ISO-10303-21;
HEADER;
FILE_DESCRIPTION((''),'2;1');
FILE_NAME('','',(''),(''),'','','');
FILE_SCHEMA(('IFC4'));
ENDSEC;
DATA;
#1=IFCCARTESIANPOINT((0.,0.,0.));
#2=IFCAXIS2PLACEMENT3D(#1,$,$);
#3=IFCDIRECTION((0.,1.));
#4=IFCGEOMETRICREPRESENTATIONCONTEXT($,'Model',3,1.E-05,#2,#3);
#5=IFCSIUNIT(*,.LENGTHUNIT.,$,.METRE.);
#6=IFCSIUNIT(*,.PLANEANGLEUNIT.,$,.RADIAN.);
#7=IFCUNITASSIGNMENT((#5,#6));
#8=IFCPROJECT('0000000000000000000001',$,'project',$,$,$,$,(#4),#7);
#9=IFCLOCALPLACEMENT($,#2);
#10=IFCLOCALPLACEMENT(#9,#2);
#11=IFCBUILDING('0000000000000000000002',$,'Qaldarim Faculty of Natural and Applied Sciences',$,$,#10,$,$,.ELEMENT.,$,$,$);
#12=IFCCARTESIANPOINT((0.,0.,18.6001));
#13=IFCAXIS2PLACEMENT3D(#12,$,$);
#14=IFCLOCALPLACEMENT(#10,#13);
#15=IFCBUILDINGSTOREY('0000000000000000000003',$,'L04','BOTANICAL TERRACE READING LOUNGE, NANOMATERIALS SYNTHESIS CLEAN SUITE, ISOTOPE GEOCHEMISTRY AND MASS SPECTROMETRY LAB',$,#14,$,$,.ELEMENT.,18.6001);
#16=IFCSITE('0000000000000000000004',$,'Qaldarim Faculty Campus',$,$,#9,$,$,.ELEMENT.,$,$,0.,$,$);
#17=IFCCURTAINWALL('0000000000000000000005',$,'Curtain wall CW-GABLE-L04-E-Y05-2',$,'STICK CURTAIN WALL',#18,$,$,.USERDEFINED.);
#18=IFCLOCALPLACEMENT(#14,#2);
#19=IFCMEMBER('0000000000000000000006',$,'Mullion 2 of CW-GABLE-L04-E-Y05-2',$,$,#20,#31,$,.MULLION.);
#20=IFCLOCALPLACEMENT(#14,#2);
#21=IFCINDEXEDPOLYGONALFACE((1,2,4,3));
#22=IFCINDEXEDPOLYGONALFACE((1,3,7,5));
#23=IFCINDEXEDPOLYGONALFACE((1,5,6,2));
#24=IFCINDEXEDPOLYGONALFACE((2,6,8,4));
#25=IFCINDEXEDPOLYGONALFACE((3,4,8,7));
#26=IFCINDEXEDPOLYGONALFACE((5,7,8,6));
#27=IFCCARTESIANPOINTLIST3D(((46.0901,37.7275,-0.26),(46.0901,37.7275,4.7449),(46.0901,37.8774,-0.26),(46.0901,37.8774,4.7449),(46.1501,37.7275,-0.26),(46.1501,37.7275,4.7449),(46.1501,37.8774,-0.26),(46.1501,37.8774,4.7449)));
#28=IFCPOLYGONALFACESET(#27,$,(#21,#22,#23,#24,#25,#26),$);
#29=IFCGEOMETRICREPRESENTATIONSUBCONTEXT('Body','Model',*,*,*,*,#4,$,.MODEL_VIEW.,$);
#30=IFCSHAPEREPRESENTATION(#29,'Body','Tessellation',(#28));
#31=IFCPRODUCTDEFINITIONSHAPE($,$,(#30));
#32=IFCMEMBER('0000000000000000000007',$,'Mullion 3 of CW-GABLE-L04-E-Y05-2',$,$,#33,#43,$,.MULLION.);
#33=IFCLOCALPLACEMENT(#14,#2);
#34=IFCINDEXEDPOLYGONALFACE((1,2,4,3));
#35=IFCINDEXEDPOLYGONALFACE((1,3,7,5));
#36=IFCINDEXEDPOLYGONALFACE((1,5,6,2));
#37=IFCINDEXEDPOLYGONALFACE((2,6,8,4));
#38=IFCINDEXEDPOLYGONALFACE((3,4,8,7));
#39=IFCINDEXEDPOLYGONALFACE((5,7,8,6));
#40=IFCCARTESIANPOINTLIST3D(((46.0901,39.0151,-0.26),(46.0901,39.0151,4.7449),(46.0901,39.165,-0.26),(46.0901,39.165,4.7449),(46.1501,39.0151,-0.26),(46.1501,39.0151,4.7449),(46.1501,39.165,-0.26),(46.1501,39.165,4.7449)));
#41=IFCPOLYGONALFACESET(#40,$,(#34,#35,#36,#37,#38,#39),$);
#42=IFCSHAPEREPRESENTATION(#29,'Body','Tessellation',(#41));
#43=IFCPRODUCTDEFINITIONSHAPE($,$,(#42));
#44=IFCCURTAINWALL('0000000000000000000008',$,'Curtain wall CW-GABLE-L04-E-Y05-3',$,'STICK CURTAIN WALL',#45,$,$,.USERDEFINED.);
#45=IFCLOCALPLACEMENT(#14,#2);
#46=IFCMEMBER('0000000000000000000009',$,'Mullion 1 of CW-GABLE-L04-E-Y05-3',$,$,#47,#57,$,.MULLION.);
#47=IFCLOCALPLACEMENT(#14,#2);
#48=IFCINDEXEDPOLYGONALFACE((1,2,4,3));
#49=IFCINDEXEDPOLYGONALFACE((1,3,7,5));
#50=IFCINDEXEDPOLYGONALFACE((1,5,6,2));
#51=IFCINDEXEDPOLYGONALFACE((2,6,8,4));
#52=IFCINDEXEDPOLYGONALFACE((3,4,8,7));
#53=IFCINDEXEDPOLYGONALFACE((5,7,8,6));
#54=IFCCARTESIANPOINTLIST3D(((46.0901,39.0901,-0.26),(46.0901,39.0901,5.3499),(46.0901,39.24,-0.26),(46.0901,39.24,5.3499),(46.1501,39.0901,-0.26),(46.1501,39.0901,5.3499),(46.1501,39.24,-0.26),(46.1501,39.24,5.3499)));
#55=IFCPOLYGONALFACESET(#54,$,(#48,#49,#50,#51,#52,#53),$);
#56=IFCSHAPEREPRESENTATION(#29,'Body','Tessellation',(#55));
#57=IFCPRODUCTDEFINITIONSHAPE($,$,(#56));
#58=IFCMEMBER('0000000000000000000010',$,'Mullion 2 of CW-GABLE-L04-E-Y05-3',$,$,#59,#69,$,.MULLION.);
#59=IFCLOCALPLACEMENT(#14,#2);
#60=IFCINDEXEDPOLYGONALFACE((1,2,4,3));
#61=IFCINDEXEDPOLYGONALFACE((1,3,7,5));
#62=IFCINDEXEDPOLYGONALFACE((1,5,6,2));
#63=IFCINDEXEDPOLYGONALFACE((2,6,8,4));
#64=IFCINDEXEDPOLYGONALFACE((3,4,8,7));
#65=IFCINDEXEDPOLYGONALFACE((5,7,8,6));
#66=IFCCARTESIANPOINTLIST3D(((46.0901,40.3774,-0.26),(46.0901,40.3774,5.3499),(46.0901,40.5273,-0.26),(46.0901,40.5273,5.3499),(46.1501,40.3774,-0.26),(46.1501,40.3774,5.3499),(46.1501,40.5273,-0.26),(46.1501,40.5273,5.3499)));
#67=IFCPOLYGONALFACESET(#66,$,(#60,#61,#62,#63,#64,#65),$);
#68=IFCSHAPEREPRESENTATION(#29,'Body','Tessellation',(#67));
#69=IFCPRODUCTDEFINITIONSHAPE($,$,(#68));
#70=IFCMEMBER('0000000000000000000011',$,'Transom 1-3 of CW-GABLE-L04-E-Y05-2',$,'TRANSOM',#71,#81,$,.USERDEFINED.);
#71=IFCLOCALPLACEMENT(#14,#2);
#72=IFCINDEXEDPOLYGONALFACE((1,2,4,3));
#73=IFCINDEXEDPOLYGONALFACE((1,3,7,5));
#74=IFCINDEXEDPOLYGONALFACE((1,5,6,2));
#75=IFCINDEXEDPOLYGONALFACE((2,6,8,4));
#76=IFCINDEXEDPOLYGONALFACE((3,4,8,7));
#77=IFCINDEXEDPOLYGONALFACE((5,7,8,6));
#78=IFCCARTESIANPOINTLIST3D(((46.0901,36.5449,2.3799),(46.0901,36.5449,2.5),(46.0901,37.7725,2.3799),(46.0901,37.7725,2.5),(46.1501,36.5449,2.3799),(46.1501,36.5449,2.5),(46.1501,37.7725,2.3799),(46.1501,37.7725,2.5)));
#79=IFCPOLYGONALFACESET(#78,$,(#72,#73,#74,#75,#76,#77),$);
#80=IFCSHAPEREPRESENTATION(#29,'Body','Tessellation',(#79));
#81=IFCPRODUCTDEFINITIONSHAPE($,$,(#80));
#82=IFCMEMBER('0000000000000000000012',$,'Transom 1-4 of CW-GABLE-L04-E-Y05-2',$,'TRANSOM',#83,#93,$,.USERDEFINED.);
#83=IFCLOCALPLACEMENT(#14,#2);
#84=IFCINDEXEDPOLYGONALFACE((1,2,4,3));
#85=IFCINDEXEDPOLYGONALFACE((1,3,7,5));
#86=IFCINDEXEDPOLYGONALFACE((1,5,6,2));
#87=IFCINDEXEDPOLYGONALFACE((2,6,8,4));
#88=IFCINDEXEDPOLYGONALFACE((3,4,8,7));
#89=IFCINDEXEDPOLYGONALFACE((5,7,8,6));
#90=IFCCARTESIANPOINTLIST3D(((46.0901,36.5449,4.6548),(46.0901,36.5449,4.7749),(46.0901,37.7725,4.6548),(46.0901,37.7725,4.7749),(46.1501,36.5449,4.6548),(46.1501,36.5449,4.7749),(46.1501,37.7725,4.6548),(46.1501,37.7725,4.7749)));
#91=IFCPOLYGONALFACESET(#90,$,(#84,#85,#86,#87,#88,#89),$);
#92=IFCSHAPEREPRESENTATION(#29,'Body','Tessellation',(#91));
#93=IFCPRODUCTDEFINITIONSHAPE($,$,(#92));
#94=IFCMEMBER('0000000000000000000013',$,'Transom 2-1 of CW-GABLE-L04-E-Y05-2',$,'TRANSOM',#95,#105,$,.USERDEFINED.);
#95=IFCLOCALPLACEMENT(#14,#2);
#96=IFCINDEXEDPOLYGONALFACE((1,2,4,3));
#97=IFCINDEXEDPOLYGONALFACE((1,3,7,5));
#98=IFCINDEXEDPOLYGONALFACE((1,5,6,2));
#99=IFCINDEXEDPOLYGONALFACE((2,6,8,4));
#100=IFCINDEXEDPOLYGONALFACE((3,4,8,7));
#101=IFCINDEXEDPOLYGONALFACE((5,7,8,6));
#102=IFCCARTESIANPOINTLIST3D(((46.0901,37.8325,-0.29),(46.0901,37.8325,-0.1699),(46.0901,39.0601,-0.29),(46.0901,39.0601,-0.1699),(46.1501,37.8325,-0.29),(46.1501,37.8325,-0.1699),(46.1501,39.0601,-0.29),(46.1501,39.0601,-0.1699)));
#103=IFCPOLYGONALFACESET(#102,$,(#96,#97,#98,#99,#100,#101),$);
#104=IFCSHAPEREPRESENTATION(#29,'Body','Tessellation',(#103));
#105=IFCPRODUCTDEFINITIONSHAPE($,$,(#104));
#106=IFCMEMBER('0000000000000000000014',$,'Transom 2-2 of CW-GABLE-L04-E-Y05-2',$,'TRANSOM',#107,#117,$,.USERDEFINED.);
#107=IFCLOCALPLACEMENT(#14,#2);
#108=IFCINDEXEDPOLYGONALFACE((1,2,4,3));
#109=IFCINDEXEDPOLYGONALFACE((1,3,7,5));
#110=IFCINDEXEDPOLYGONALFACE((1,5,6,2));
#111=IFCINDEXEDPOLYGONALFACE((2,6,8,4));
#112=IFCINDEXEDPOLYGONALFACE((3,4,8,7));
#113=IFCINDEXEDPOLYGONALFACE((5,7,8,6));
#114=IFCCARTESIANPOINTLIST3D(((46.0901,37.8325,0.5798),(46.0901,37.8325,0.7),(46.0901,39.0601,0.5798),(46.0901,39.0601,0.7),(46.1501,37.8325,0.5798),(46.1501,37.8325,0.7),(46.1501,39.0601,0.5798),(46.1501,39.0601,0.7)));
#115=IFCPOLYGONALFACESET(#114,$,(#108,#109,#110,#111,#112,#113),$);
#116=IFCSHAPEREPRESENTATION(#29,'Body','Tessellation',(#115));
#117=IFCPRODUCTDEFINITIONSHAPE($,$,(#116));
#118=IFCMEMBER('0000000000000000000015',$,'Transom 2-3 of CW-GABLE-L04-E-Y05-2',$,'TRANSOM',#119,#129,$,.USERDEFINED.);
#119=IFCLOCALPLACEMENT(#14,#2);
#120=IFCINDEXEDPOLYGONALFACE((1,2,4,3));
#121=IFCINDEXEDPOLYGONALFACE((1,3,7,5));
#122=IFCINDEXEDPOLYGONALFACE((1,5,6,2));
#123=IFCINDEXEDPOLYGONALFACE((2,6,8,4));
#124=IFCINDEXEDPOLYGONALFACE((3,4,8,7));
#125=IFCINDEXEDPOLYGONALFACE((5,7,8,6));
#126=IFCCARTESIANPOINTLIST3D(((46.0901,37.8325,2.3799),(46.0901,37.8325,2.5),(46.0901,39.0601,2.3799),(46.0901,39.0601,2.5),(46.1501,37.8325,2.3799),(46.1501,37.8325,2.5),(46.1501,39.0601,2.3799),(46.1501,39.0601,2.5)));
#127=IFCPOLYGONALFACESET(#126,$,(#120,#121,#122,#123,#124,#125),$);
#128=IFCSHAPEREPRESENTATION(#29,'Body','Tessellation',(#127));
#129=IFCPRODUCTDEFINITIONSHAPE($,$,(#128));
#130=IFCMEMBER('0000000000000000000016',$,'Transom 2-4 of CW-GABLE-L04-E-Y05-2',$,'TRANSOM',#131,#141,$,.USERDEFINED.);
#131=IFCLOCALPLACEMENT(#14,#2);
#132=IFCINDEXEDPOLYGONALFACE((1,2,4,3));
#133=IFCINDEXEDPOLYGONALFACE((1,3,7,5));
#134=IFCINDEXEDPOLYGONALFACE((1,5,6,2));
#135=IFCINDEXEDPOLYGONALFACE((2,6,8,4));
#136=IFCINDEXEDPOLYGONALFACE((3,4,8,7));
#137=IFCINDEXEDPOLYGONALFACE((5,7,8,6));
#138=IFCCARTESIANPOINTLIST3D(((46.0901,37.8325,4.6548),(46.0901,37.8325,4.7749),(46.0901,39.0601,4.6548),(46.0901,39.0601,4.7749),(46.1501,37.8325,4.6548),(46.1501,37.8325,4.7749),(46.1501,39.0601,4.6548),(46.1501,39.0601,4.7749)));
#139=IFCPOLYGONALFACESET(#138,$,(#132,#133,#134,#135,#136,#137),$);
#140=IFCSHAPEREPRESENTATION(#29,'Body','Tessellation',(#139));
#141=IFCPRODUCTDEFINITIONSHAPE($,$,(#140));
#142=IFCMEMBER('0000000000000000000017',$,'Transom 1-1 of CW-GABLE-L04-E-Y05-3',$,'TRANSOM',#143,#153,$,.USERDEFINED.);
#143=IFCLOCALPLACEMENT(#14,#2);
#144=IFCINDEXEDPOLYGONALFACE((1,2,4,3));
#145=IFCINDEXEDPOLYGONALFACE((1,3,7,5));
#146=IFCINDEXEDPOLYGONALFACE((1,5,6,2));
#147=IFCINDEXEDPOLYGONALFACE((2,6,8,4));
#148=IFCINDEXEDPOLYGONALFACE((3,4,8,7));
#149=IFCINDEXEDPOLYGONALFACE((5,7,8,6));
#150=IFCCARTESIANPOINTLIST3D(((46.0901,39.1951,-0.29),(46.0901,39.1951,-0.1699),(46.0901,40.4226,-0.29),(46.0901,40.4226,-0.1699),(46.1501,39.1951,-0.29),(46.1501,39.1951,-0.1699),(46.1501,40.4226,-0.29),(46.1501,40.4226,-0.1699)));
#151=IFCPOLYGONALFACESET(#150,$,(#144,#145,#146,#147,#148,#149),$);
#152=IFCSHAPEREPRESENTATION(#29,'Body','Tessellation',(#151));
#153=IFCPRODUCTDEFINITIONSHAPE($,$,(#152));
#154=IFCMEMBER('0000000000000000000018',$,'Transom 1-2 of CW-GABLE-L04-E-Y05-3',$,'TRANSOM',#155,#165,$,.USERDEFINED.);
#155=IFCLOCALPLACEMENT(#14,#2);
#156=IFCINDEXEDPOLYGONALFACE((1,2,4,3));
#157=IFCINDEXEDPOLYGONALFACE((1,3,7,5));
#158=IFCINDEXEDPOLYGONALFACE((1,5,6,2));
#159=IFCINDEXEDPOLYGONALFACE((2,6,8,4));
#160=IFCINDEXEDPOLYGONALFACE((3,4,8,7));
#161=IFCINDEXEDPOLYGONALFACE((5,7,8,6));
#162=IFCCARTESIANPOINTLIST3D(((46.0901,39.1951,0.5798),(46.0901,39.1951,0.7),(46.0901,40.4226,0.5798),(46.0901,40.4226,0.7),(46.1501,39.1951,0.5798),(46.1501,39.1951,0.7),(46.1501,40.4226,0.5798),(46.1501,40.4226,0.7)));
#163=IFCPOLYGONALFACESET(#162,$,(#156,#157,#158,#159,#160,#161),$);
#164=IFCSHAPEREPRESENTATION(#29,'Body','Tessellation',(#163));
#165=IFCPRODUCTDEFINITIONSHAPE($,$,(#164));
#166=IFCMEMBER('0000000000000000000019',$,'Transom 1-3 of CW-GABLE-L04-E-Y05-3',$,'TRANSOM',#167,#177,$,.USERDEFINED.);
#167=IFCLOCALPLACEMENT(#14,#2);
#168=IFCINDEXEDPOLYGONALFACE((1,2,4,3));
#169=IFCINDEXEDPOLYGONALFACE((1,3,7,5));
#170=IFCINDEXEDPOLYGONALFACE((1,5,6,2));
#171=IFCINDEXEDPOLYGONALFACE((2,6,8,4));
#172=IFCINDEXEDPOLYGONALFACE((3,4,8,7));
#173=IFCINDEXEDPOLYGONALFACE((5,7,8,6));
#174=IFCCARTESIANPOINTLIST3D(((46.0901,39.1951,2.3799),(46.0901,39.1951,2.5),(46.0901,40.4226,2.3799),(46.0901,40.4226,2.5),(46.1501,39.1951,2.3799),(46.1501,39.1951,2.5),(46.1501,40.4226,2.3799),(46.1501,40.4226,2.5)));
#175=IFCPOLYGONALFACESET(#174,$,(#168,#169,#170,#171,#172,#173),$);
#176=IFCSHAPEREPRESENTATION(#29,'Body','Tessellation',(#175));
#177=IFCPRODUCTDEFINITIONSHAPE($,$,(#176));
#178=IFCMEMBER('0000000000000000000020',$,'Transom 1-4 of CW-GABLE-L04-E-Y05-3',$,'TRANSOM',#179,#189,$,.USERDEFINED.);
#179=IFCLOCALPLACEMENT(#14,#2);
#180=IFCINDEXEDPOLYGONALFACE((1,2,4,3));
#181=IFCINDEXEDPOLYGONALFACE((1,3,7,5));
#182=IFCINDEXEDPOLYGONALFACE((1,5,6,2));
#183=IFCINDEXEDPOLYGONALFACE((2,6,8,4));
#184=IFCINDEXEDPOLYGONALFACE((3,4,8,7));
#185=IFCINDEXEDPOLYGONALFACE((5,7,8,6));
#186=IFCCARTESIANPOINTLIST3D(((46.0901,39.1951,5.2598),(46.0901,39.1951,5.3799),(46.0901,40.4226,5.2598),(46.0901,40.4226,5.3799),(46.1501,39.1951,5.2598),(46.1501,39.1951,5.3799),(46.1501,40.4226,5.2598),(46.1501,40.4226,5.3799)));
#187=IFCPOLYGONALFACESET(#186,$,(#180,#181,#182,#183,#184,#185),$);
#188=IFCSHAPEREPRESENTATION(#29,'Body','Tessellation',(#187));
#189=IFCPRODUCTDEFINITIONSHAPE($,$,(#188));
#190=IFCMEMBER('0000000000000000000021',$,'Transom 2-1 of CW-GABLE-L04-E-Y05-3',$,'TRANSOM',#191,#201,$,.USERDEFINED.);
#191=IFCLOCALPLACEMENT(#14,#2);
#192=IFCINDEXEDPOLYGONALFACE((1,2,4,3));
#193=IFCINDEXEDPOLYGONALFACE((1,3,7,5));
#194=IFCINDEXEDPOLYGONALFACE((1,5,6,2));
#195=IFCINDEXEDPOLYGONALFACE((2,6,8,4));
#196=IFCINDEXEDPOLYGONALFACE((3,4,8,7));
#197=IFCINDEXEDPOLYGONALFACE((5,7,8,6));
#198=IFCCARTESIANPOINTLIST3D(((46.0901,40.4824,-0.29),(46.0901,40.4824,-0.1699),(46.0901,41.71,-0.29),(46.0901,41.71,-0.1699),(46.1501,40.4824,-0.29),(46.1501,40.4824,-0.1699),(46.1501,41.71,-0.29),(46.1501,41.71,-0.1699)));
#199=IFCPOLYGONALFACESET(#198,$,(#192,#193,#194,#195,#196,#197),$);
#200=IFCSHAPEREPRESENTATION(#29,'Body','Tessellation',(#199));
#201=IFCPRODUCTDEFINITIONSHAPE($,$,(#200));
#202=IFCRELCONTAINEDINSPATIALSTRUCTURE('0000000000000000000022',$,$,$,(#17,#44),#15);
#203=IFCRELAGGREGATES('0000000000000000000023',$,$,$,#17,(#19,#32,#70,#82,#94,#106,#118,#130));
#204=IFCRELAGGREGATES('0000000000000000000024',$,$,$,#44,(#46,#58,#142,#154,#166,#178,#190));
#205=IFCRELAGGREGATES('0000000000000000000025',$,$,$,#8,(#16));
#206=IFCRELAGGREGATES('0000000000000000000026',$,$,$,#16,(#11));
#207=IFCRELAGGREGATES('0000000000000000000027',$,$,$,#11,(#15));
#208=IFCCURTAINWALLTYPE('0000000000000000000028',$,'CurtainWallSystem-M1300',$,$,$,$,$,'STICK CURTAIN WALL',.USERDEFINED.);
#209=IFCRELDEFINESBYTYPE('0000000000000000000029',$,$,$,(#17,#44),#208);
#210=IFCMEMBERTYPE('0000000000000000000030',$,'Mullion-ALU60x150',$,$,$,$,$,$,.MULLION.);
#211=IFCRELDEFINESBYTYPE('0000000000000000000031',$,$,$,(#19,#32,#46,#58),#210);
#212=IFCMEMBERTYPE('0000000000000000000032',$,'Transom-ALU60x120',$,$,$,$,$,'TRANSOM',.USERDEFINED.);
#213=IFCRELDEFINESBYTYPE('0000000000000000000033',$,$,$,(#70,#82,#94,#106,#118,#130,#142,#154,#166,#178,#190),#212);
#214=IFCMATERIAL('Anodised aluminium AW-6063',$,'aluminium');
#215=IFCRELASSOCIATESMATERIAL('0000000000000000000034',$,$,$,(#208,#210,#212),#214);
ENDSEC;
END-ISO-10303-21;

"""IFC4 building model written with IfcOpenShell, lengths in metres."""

from ifc_helpers import new_model, si_unit, direction, frame, origin, origin_2d, place, context, subcontext, project, spatial, rectangle, extrude, material, material_profile, profile_set, type_object, element, aggregate, save


model = new_model("IFC4")

# Units and contexts
model_context = context("Model", 3, precision=1e-05, world=origin(), true_north=direction((0.0, 1.0)))
body_context = subcontext(model_context, "Body", "Model", "MODEL_VIEW")
ifc_project = project(units=[si_unit("LENGTHUNIT", "METRE"), si_unit("PLANEANGLEUNIT", "RADIAN")], contexts=[model_context])

# Site, building, storey
site_placement = place(None, origin())
site = spatial("IfcSite", under=ifc_project, at=site_placement, Name="Qaldarim Faculty Campus", CompositionType="ELEMENT", RefElevation=0.0)
building_placement = place(site_placement, origin())
building = spatial("IfcBuilding", under=site, at=building_placement, Name="Qaldarim Faculty of Natural and Applied Sciences", CompositionType="ELEMENT")
storey_placement = place(building_placement, frame((0.0, 0.0, 18.6001)))
storey = spatial("IfcBuildingStorey", under=building, at=storey_placement, Name="L04", Description="BOTANICAL TERRACE READING LOUNGE, NANOMATERIALS SYNTHESIS CLEAN SUITE, ISOTOPE GEOCHEMISTRY AND MASS SPECTROMETRY LAB", CompositionType="ELEMENT", Elevation=18.6001)

# Curtain walls, members
ifc_material_1 = material(Name="Anodised aluminium AW-6063", Category="aluminium")
curtain_wall_type = type_object("IfcCurtainWallType", Name="CurtainWallSystem-M1300", ElementType="STICK CURTAIN WALL", PredefinedType="USERDEFINED", material=ifc_material_1)
curtain_wall_1_placement = place(storey_placement, origin())
curtain_wall_1 = element("IfcCurtainWall", 1, at=curtain_wall_1_placement, inside=storey, type_object=curtain_wall_type, Name="Curtain wall CW-GABLE-L04-E-Y05-2", ObjectType="STICK CURTAIN WALL", PredefinedType="USERDEFINED")
ifc_material_profile_1 = material_profile(ifc_material_1, rectangle(XDim=0.0601, YDim=0.1499, at=origin_2d()), Name="ALU-M60x150")
ifc_profile_set_1 = profile_set([ifc_material_profile_1], Name="Anodised aluminium AW-6063")
member_type_1 = type_object("IfcMemberType", Name="Mullion-ALU60x150", PredefinedType="MULLION", material=ifc_profile_set_1)
member_1_placement = place(storey_placement, frame((46.1201, 37.8025, -0.26), z_axis=(0.0, 0.0, 1.0), x_axis=(-1.0, 0.0, 0.0)))
member_1 = element("IfcMember", 2, at=member_1_placement, type_object=member_type_1, Name="Mullion 2 of CW-GABLE-L04-E-Y05-2", PredefinedType="MULLION", context=body_context, shape_type="SweptSolid", body=[
    extrude(rectangle(XDim=0.0601, YDim=0.1499, at=origin_2d()), origin(), (0.0, 0.0, 1.0), 5.0049),
])
member_2_placement = place(storey_placement, frame((46.1201, 39.0901, -0.26), z_axis=(0.0, 0.0, 1.0), x_axis=(-1.0, 0.0, 0.0)))
member_2 = element("IfcMember", 3, at=member_2_placement, type_object=member_type_1, Name="Mullion 3 of CW-GABLE-L04-E-Y05-2", PredefinedType="MULLION", context=body_context, shape_type="SweptSolid", body=[
    extrude(rectangle(XDim=0.0601, YDim=0.1499, at=origin_2d()), origin(), (0.0, 0.0, 1.0), 5.0049),
])
curtain_wall_2_placement = place(storey_placement, origin())
curtain_wall_2 = element("IfcCurtainWall", 4, at=curtain_wall_2_placement, inside=storey, type_object=curtain_wall_type, Name="Curtain wall CW-GABLE-L04-E-Y05-3", ObjectType="STICK CURTAIN WALL", PredefinedType="USERDEFINED")
member_3_placement = place(storey_placement, frame((46.1201, 39.165, -0.26), z_axis=(0.0, 0.0, 1.0), x_axis=(-1.0, 0.0, 0.0)))
member_3 = element("IfcMember", 5, at=member_3_placement, type_object=member_type_1, Name="Mullion 1 of CW-GABLE-L04-E-Y05-3", PredefinedType="MULLION", context=body_context, shape_type="SweptSolid", body=[
    extrude(rectangle(XDim=0.0601, YDim=0.1499, at=origin_2d()), origin(), (0.0, 0.0, 1.0), 5.6099),
])
member_4_placement = place(storey_placement, frame((46.1201, 40.4524, -0.26), z_axis=(0.0, 0.0, 1.0), x_axis=(-1.0, 0.0, 0.0)))
member_4 = element("IfcMember", 6, at=member_4_placement, type_object=member_type_1, Name="Mullion 2 of CW-GABLE-L04-E-Y05-3", PredefinedType="MULLION", context=body_context, shape_type="SweptSolid", body=[
    extrude(rectangle(XDim=0.0601, YDim=0.1499, at=origin_2d()), origin(), (0.0, 0.0, 1.0), 5.6099),
])

# Members
ifc_material_profile_2 = material_profile(ifc_material_1, rectangle(XDim=0.0601, YDim=0.1201, at=origin_2d()), Name="ALU-T60x120")
ifc_profile_set_2 = profile_set([ifc_material_profile_2], Name="Anodised aluminium AW-6063")
member_type_2 = type_object("IfcMemberType", Name="Transom-ALU60x120", ElementType="TRANSOM", PredefinedType="USERDEFINED", material=ifc_profile_set_2)
member_5_placement = place(storey_placement, frame((46.1201, 36.5449, 2.4399), z_axis=(0.0, 1.0, 0.0), x_axis=(-1.0, 0.0, 0.0)))
member_5 = element("IfcMember", 7, at=member_5_placement, type_object=member_type_2, Name="Transom 1-3 of CW-GABLE-L04-E-Y05-2", ObjectType="TRANSOM", PredefinedType="USERDEFINED", context=body_context, shape_type="SweptSolid", body=[
    extrude(rectangle(XDim=0.0601, YDim=0.1201, at=origin_2d()), origin(), (0.0, 0.0, 1.0), 1.2275),
])
member_6_placement = place(storey_placement, frame((46.1201, 36.5449, 4.7148), z_axis=(0.0, 1.0, 0.0), x_axis=(-1.0, 0.0, 0.0)))
member_6 = element("IfcMember", 8, at=member_6_placement, type_object=member_type_2, Name="Transom 1-4 of CW-GABLE-L04-E-Y05-2", ObjectType="TRANSOM", PredefinedType="USERDEFINED", context=body_context, shape_type="SweptSolid", body=[
    extrude(rectangle(XDim=0.0601, YDim=0.1201, at=origin_2d()), origin(), (0.0, 0.0, 1.0), 1.2275),
])
member_7_placement = place(storey_placement, frame((46.1201, 37.8325, -0.23), z_axis=(0.0, 1.0, 0.0), x_axis=(-1.0, 0.0, 0.0)))
member_7 = element("IfcMember", 9, at=member_7_placement, type_object=member_type_2, Name="Transom 2-1 of CW-GABLE-L04-E-Y05-2", ObjectType="TRANSOM", PredefinedType="USERDEFINED", context=body_context, shape_type="SweptSolid", body=[
    extrude(rectangle(XDim=0.0601, YDim=0.1201, at=origin_2d()), origin(), (0.0, 0.0, 1.0), 1.2275),
])
member_8_placement = place(storey_placement, frame((46.1201, 37.8325, 0.6399), z_axis=(0.0, 1.0, 0.0), x_axis=(-1.0, 0.0, 0.0)))
member_8 = element("IfcMember", 10, at=member_8_placement, type_object=member_type_2, Name="Transom 2-2 of CW-GABLE-L04-E-Y05-2", ObjectType="TRANSOM", PredefinedType="USERDEFINED", context=body_context, shape_type="SweptSolid", body=[
    extrude(rectangle(XDim=0.0601, YDim=0.1201, at=origin_2d()), origin(), (0.0, 0.0, 1.0), 1.2275),
])
member_9_placement = place(storey_placement, frame((46.1201, 37.8325, 2.4399), z_axis=(0.0, 1.0, 0.0), x_axis=(-1.0, 0.0, 0.0)))
member_9 = element("IfcMember", 11, at=member_9_placement, type_object=member_type_2, Name="Transom 2-3 of CW-GABLE-L04-E-Y05-2", ObjectType="TRANSOM", PredefinedType="USERDEFINED", context=body_context, shape_type="SweptSolid", body=[
    extrude(rectangle(XDim=0.0601, YDim=0.1201, at=origin_2d()), origin(), (0.0, 0.0, 1.0), 1.2275),
])
member_10_placement = place(storey_placement, frame((46.1201, 37.8325, 4.7148), z_axis=(0.0, 1.0, 0.0), x_axis=(-1.0, 0.0, 0.0)))
member_10 = element("IfcMember", 12, at=member_10_placement, type_object=member_type_2, Name="Transom 2-4 of CW-GABLE-L04-E-Y05-2", ObjectType="TRANSOM", PredefinedType="USERDEFINED", context=body_context, shape_type="SweptSolid", body=[
    extrude(rectangle(XDim=0.0601, YDim=0.1201, at=origin_2d()), origin(), (0.0, 0.0, 1.0), 1.2275),
])
member_11_placement = place(storey_placement, frame((46.1201, 39.1951, -0.23), z_axis=(0.0, 1.0, 0.0), x_axis=(-1.0, 0.0, 0.0)))
member_11 = element("IfcMember", 13, at=member_11_placement, type_object=member_type_2, Name="Transom 1-1 of CW-GABLE-L04-E-Y05-3", ObjectType="TRANSOM", PredefinedType="USERDEFINED", context=body_context, shape_type="SweptSolid", body=[
    extrude(rectangle(XDim=0.0601, YDim=0.1201, at=origin_2d()), origin(), (0.0, 0.0, 1.0), 1.2275),
])
member_12_placement = place(storey_placement, frame((46.1201, 39.1951, 0.6399), z_axis=(0.0, 1.0, 0.0), x_axis=(-1.0, 0.0, 0.0)))
member_12 = element("IfcMember", 14, at=member_12_placement, type_object=member_type_2, Name="Transom 1-2 of CW-GABLE-L04-E-Y05-3", ObjectType="TRANSOM", PredefinedType="USERDEFINED", context=body_context, shape_type="SweptSolid", body=[
    extrude(rectangle(XDim=0.0601, YDim=0.1201, at=origin_2d()), origin(), (0.0, 0.0, 1.0), 1.2275),
])
member_13_placement = place(storey_placement, frame((46.1201, 39.1951, 2.4399), z_axis=(0.0, 1.0, 0.0), x_axis=(-1.0, 0.0, 0.0)))
member_13 = element("IfcMember", 15, at=member_13_placement, type_object=member_type_2, Name="Transom 1-3 of CW-GABLE-L04-E-Y05-3", ObjectType="TRANSOM", PredefinedType="USERDEFINED", context=body_context, shape_type="SweptSolid", body=[
    extrude(rectangle(XDim=0.0601, YDim=0.1201, at=origin_2d()), origin(), (0.0, 0.0, 1.0), 1.2275),
])
member_14_placement = place(storey_placement, frame((46.1201, 39.1951, 5.3198), z_axis=(0.0, 1.0, 0.0), x_axis=(-1.0, 0.0, 0.0)))
member_14 = element("IfcMember", 16, at=member_14_placement, type_object=member_type_2, Name="Transom 1-4 of CW-GABLE-L04-E-Y05-3", ObjectType="TRANSOM", PredefinedType="USERDEFINED", context=body_context, shape_type="SweptSolid", body=[
    extrude(rectangle(XDim=0.0601, YDim=0.1201, at=origin_2d()), origin(), (0.0, 0.0, 1.0), 1.2275),
])
member_15_placement = place(storey_placement, frame((46.1201, 40.4824, -0.23), z_axis=(0.0, 1.0, 0.0), x_axis=(-1.0, 0.0, 0.0)))
member_15 = element("IfcMember", 17, at=member_15_placement, type_object=member_type_2, Name="Transom 2-1 of CW-GABLE-L04-E-Y05-3", ObjectType="TRANSOM", PredefinedType="USERDEFINED", context=body_context, shape_type="SweptSolid", body=[
    extrude(rectangle(XDim=0.0601, YDim=0.1201, at=origin_2d()), origin(), (0.0, 0.0, 1.0), 1.2275),
])

aggregate(curtain_wall_1, [member_1, member_2, member_5, member_6, member_7, member_8, member_9, member_10])
aggregate(curtain_wall_2, [member_3, member_4, member_11, member_12, member_13, member_14, member_15])

save(model, "model.ifc")
